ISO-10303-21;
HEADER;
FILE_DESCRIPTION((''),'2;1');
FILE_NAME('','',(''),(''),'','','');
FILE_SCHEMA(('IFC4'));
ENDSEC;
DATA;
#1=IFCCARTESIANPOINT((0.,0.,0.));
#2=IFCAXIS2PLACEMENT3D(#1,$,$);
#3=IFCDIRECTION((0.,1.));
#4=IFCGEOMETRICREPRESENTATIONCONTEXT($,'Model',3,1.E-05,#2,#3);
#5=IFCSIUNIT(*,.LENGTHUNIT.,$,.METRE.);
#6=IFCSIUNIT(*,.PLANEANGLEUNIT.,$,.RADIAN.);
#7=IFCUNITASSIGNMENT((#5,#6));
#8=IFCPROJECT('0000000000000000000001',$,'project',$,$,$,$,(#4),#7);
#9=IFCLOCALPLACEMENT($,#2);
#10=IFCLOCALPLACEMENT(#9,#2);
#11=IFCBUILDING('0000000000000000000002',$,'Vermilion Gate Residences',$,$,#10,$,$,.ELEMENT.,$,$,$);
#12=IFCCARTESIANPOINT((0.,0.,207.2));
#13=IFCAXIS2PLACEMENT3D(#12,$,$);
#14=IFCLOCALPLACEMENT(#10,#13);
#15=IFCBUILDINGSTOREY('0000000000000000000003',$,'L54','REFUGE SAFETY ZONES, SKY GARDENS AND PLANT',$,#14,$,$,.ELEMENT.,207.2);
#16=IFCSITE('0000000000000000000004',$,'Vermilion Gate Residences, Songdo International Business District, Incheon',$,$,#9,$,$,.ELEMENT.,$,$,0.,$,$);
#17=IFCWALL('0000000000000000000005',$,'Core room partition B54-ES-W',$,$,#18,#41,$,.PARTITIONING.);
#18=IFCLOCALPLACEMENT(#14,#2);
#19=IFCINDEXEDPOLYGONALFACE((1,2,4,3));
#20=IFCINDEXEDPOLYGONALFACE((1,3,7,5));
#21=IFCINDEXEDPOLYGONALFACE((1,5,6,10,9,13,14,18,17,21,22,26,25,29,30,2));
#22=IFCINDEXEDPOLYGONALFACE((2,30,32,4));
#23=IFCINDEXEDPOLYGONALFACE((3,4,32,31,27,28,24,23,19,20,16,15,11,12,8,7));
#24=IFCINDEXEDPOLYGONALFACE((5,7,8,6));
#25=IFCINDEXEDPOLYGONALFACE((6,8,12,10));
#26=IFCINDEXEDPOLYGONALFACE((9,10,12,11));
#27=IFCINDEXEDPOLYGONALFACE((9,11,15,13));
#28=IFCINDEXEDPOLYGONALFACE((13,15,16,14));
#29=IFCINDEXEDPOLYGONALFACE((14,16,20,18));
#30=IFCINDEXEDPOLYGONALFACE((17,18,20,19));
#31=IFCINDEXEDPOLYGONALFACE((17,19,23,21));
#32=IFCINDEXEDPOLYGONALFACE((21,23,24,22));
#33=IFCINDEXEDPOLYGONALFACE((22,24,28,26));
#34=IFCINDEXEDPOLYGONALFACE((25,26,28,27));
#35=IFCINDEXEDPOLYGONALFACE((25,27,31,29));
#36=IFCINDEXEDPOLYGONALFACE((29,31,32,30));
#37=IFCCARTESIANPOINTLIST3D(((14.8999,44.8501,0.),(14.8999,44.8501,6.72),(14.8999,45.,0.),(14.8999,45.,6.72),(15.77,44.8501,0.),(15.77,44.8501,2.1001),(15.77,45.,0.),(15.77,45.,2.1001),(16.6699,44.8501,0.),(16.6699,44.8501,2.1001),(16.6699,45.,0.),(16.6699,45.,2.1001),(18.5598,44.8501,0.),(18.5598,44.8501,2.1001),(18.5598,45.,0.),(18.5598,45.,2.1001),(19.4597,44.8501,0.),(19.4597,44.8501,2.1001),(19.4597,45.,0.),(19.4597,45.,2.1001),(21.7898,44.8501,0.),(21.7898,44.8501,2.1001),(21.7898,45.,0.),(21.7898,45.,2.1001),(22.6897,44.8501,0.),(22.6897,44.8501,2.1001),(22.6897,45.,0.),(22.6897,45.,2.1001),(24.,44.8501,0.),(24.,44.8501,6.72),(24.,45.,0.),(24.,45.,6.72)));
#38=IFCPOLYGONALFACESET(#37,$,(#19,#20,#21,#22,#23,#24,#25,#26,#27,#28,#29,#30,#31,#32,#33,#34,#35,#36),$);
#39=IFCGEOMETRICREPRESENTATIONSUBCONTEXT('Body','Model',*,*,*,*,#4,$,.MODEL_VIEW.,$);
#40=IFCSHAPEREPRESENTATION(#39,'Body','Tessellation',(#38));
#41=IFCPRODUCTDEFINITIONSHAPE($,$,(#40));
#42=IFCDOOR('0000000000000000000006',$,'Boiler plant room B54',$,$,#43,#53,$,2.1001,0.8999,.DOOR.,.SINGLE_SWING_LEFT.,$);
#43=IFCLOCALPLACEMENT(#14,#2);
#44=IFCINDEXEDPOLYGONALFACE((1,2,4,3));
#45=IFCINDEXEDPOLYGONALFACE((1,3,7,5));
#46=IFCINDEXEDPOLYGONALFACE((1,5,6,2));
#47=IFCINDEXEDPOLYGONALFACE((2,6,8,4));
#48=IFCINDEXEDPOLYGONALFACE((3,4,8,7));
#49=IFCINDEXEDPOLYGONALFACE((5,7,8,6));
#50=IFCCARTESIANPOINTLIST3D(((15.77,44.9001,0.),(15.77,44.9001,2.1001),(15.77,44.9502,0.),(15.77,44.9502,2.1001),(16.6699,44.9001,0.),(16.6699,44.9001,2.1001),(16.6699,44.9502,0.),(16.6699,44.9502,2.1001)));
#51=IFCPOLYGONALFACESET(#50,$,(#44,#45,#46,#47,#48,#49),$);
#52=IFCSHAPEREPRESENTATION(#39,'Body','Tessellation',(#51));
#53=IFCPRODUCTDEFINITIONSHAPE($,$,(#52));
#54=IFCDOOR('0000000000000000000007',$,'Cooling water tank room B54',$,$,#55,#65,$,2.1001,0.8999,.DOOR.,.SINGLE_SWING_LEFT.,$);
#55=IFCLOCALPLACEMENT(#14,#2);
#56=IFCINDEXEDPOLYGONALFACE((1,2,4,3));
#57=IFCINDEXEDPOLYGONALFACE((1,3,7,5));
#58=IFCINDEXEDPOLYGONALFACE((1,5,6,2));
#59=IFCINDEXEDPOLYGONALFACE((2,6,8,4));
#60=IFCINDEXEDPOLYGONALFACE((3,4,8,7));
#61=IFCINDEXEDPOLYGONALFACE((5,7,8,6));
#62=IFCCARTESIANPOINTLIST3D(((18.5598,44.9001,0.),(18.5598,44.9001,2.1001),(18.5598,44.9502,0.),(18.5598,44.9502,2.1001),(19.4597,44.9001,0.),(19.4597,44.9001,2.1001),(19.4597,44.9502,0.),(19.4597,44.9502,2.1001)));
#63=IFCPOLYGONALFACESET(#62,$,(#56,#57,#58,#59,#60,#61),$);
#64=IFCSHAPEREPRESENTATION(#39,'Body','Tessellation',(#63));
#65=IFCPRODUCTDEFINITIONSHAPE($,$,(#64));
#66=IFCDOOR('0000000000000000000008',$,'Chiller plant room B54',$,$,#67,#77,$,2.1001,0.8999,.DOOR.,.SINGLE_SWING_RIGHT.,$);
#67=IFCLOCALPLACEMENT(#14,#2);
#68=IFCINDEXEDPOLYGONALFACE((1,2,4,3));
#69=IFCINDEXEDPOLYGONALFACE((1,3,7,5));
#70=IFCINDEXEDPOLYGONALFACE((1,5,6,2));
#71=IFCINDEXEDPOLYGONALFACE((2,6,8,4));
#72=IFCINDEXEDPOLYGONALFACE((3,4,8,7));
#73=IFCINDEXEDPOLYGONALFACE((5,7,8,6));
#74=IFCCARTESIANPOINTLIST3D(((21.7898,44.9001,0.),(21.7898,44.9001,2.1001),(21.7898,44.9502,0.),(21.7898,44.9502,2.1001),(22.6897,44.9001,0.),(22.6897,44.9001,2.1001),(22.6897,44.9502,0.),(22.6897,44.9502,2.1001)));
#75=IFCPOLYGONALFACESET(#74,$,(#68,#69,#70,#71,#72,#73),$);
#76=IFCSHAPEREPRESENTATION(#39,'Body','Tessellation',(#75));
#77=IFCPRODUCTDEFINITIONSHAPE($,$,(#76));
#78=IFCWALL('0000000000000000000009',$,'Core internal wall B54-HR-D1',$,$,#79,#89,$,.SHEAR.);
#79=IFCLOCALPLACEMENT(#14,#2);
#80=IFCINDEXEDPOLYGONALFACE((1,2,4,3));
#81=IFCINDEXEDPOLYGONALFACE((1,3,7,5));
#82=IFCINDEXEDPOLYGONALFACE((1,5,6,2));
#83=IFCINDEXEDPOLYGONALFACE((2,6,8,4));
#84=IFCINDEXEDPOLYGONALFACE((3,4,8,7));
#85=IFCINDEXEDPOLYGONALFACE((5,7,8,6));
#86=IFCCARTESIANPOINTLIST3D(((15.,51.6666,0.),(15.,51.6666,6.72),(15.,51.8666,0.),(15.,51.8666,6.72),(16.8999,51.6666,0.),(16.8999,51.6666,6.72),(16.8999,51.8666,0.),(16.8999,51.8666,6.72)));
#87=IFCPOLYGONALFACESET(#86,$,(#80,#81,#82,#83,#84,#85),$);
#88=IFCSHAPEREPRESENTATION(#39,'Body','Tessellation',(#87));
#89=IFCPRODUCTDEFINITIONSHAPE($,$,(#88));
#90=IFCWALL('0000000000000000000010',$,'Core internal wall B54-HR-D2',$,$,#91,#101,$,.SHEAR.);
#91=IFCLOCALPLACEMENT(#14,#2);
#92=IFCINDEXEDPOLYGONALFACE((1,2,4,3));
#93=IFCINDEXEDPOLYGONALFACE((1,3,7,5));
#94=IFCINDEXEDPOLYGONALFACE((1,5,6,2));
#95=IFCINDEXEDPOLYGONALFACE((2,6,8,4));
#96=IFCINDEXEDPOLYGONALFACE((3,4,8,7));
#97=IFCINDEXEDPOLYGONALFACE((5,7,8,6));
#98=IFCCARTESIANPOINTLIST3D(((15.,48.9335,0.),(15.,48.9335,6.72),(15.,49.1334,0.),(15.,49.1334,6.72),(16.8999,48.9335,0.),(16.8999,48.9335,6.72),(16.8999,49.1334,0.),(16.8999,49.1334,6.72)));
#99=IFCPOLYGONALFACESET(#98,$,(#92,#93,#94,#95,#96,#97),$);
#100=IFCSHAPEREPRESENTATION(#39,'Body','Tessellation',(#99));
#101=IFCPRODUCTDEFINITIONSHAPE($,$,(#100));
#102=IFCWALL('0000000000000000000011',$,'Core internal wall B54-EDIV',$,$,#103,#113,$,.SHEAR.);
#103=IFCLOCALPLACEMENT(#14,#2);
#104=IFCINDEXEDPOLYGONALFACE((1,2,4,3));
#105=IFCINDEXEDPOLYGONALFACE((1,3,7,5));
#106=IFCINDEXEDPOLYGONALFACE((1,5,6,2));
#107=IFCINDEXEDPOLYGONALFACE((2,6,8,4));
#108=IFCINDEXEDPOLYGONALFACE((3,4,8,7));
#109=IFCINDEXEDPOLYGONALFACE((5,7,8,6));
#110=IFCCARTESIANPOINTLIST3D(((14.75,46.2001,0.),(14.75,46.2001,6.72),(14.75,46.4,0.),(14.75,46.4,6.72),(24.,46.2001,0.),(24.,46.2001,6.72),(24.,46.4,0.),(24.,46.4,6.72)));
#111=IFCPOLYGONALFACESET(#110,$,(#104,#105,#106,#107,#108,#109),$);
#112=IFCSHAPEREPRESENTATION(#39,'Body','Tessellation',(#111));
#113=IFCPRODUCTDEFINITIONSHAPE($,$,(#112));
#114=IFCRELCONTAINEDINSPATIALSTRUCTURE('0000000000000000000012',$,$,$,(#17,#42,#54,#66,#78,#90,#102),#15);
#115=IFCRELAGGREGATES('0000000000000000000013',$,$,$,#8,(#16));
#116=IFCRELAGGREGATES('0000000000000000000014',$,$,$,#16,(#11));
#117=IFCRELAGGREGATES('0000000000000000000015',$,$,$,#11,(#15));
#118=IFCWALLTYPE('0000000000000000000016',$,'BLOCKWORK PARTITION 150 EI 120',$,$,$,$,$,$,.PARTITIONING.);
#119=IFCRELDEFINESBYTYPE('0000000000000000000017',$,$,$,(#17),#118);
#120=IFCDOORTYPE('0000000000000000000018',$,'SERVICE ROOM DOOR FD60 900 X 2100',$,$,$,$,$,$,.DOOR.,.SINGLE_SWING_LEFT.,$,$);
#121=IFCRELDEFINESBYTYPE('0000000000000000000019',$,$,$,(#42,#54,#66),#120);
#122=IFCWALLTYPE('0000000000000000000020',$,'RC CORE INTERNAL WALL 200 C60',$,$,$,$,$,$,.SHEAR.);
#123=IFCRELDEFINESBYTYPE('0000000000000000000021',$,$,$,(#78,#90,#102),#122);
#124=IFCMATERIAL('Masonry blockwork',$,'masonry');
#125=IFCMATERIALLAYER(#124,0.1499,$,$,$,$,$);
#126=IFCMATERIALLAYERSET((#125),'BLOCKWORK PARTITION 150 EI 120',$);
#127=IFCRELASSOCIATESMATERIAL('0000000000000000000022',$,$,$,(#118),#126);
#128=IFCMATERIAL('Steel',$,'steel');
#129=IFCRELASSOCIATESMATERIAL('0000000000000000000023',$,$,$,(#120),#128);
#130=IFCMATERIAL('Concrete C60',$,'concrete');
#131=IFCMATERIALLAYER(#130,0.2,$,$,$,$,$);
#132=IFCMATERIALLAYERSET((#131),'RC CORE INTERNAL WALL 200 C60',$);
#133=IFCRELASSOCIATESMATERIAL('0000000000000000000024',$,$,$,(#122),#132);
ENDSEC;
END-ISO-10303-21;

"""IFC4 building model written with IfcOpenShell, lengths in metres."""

from ifc_helpers import new_model, si_unit, direction, frame, frame_2d, origin, place, context, subcontext, project, spatial, rectangle, extrude, material, layer, layer_set, type_object, element, fill, save


model = new_model("IFC4")

# Units and contexts
model_context = context("Model", 3, precision=1e-05, world=origin(), true_north=direction((0.0, 1.0)))
body_context = subcontext(model_context, "Body", "Model", "MODEL_VIEW")
ifc_project = project(units=[si_unit("LENGTHUNIT", "METRE"), si_unit("PLANEANGLEUNIT", "RADIAN")], contexts=[model_context])

# Site, building, storey
site_placement = place(None, origin())
site = spatial("IfcSite", under=ifc_project, at=site_placement, Name="Vermilion Gate Residences, Songdo International Business District, Incheon", CompositionType="ELEMENT", RefElevation=0.0)
building_placement = place(site_placement, origin())
building = spatial("IfcBuilding", under=site, at=building_placement, Name="Vermilion Gate Residences", CompositionType="ELEMENT")
storey_placement = place(building_placement, frame((0.0, 0.0, 207.2)))
storey = spatial("IfcBuildingStorey", under=building, at=storey_placement, Name="L54", Description="REFUGE SAFETY ZONES, SKY GARDENS AND PLANT", CompositionType="ELEMENT", Elevation=207.2)

# Shared definitions
ifc_material_1 = material(Name="Masonry blockwork", Category="masonry")
ifc_layer_1 = layer(ifc_material_1, 0.1499)
ifc_layer_set_1 = layer_set([ifc_layer_1], Name="BLOCKWORK PARTITION 150 EI 120")
wall_type_1 = type_object("IfcWallType", Name="BLOCKWORK PARTITION 150 EI 120", PredefinedType="PARTITIONING", material=ifc_layer_set_1)

# Shared definitions
ifc_material_2 = material(Name="Steel", Category="steel")
door_type_1 = type_object("IfcDoorType", Name="SERVICE ROOM DOOR FD60 900 X 2100", OperationType="SINGLE_SWING_LEFT", PredefinedType="DOOR", material=ifc_material_2)

# Wall, openings, doors
wall_1_placement = place(storey_placement, frame((14.8999, 44.925, 0.0), z_axis=(0.0, 0.0, 1.0), x_axis=(1.0, 0.0, 0.0)))
wall_1 = element("IfcWall", 1, at=wall_1_placement, inside=storey, type_object=wall_type_1, Name="Core room partition B54-ES-W", PredefinedType="PARTITIONING", context=body_context, shape_type="SweptSolid", body=[
    extrude(rectangle(XDim=9.1001, YDim=0.1499, at=frame_2d((4.55, 0.0))), origin(), (0.0, 0.0, 1.0), 6.72),
])
opening_1_placement = place(wall_1_placement, frame((0.8701, 0.0, 0.0)))
opening_1 = element("IfcOpeningElement", 2, at=opening_1_placement, cuts=wall_1, PredefinedType="OPENING", context=body_context, shape_type="SweptSolid", body=[
    extrude(rectangle(XDim=0.8999, YDim=2.1001, at=frame_2d((0.45, 1.05))), frame((0.0, 0.085, 0.0), z_axis=(0.0, -1.0, 0.0), x_axis=(1.0, 0.0, 0.0)), (0.0, 0.0, 1.0), 0.1699),
])
opening_2_placement = place(wall_1_placement, frame((3.6599, 0.0, 0.0)))
opening_2 = element("IfcOpeningElement", 3, at=opening_2_placement, cuts=wall_1, PredefinedType="OPENING", context=body_context, shape_type="SweptSolid", body=[
    extrude(rectangle(XDim=0.8999, YDim=2.1001, at=frame_2d((0.45, 1.05))), frame((0.0, 0.085, 0.0), z_axis=(0.0, -1.0, 0.0), x_axis=(1.0, 0.0, 0.0)), (0.0, 0.0, 1.0), 0.1699),
])
opening_3_placement = place(wall_1_placement, frame((6.8899, 0.0, 0.0)))
opening_3 = element("IfcOpeningElement", 4, at=opening_3_placement, cuts=wall_1, PredefinedType="OPENING", context=body_context, shape_type="SweptSolid", body=[
    extrude(rectangle(XDim=0.8999, YDim=2.1001, at=frame_2d((0.45, 1.05))), frame((0.0, 0.085, 0.0), z_axis=(0.0, -1.0, 0.0), x_axis=(1.0, 0.0, 0.0)), (0.0, 0.0, 1.0), 0.1699),
])
door_1_placement = place(opening_1_placement, frame((0.8999, 0.0, 0.0), z_axis=(0.0, 0.0, 1.0), x_axis=(-1.0, 0.0, 0.0)))
door_1 = element("IfcDoor", 5, at=door_1_placement, inside=storey, type_object=door_type_1, Name="Boiler plant room B54", OperationType="SINGLE_SWING_LEFT", OverallHeight=2.1001, OverallWidth=0.8999, PredefinedType="DOOR", context=body_context, shape_type="SweptSolid", body=[
    extrude(rectangle(XDim=0.8999, YDim=2.1001, at=frame_2d((0.45, 1.05))), frame((0.0, 0.0249, 0.0), z_axis=(0.0, -1.0, 0.0), x_axis=(1.0, 0.0, 0.0)), (0.0, 0.0, 1.0), 0.05),
])
fill(opening_1, door_1)
door_2_placement = place(opening_2_placement, frame((0.8999, 0.0, 0.0), z_axis=(0.0, 0.0, 1.0), x_axis=(-1.0, 0.0, 0.0)))
door_2 = element("IfcDoor", 6, at=door_2_placement, inside=storey, type_object=door_type_1, Name="Cooling water tank room B54", OperationType="SINGLE_SWING_LEFT", OverallHeight=2.1001, OverallWidth=0.8999, PredefinedType="DOOR", context=body_context, shape_type="SweptSolid", body=[
    extrude(rectangle(XDim=0.8999, YDim=2.1001, at=frame_2d((0.45, 1.05))), frame((0.0, 0.0249, 0.0), z_axis=(0.0, -1.0, 0.0), x_axis=(1.0, 0.0, 0.0)), (0.0, 0.0, 1.0), 0.05),
])
fill(opening_2, door_2)
door_3_placement = place(opening_3_placement, frame((0.8999, 0.0, 0.0), z_axis=(0.0, 0.0, 1.0), x_axis=(-1.0, 0.0, 0.0)))
door_3 = element("IfcDoor", 7, at=door_3_placement, inside=storey, type_object=door_type_1, Name="Chiller plant room B54", OperationType="SINGLE_SWING_RIGHT", OverallHeight=2.1001, OverallWidth=0.8999, PredefinedType="DOOR", context=body_context, shape_type="SweptSolid", body=[
    extrude(rectangle(XDim=0.8999, YDim=2.1001, at=frame_2d((0.45, 1.05))), frame((0.0, 0.0249, 0.0), z_axis=(0.0, -1.0, 0.0), x_axis=(1.0, 0.0, 0.0)), (0.0, 0.0, 1.0), 0.05),
])
fill(opening_3, door_3)

# Walls
ifc_material_3 = material(Name="Concrete C60", Category="concrete")
ifc_layer_2 = layer(ifc_material_3, 0.2)
ifc_layer_set_2 = layer_set([ifc_layer_2], Name="RC CORE INTERNAL WALL 200 C60")
wall_type_2 = type_object("IfcWallType", Name="RC CORE INTERNAL WALL 200 C60", PredefinedType="SHEAR", material=ifc_layer_set_2)
for number, where, z_axis, x_axis, name in (
    (8, (15.0, 51.7666, 0.0), (0.0, 0.0, 1.0), (1.0, 0.0, 0.0), "Core internal wall B54-HR-D1"),
    (9, (15.0, 49.0334, 0.0), (0.0, 0.0, 1.0), (1.0, 0.0, 0.0), "Core internal wall B54-HR-D2"),
):
    element("IfcWall", number, at=place(storey_placement, frame(where, z_axis=z_axis, x_axis=x_axis)), inside=storey, type_object=wall_type_2, Name=name, PredefinedType="SHEAR", context=body_context, shape_type="SweptSolid", body=[
        extrude(rectangle(XDim=1.8999, YDim=0.2, at=frame_2d((0.95, 0.0))), origin(), (0.0, 0.0, 1.0), 6.72),
    ])
wall_2_placement = place(storey_placement, frame((14.75, 46.3, 0.0), z_axis=(0.0, 0.0, 1.0), x_axis=(1.0, 0.0, 0.0)))
element("IfcWall", 10, at=wall_2_placement, inside=storey, type_object=wall_type_2, Name="Core internal wall B54-EDIV", PredefinedType="SHEAR", context=body_context, shape_type="SweptSolid", body=[
    extrude(rectangle(XDim=9.25, YDim=0.2, at=frame_2d((4.625, 0.0))), origin(), (0.0, 0.0, 1.0), 6.72),
])

save(model, "model.ifc")
